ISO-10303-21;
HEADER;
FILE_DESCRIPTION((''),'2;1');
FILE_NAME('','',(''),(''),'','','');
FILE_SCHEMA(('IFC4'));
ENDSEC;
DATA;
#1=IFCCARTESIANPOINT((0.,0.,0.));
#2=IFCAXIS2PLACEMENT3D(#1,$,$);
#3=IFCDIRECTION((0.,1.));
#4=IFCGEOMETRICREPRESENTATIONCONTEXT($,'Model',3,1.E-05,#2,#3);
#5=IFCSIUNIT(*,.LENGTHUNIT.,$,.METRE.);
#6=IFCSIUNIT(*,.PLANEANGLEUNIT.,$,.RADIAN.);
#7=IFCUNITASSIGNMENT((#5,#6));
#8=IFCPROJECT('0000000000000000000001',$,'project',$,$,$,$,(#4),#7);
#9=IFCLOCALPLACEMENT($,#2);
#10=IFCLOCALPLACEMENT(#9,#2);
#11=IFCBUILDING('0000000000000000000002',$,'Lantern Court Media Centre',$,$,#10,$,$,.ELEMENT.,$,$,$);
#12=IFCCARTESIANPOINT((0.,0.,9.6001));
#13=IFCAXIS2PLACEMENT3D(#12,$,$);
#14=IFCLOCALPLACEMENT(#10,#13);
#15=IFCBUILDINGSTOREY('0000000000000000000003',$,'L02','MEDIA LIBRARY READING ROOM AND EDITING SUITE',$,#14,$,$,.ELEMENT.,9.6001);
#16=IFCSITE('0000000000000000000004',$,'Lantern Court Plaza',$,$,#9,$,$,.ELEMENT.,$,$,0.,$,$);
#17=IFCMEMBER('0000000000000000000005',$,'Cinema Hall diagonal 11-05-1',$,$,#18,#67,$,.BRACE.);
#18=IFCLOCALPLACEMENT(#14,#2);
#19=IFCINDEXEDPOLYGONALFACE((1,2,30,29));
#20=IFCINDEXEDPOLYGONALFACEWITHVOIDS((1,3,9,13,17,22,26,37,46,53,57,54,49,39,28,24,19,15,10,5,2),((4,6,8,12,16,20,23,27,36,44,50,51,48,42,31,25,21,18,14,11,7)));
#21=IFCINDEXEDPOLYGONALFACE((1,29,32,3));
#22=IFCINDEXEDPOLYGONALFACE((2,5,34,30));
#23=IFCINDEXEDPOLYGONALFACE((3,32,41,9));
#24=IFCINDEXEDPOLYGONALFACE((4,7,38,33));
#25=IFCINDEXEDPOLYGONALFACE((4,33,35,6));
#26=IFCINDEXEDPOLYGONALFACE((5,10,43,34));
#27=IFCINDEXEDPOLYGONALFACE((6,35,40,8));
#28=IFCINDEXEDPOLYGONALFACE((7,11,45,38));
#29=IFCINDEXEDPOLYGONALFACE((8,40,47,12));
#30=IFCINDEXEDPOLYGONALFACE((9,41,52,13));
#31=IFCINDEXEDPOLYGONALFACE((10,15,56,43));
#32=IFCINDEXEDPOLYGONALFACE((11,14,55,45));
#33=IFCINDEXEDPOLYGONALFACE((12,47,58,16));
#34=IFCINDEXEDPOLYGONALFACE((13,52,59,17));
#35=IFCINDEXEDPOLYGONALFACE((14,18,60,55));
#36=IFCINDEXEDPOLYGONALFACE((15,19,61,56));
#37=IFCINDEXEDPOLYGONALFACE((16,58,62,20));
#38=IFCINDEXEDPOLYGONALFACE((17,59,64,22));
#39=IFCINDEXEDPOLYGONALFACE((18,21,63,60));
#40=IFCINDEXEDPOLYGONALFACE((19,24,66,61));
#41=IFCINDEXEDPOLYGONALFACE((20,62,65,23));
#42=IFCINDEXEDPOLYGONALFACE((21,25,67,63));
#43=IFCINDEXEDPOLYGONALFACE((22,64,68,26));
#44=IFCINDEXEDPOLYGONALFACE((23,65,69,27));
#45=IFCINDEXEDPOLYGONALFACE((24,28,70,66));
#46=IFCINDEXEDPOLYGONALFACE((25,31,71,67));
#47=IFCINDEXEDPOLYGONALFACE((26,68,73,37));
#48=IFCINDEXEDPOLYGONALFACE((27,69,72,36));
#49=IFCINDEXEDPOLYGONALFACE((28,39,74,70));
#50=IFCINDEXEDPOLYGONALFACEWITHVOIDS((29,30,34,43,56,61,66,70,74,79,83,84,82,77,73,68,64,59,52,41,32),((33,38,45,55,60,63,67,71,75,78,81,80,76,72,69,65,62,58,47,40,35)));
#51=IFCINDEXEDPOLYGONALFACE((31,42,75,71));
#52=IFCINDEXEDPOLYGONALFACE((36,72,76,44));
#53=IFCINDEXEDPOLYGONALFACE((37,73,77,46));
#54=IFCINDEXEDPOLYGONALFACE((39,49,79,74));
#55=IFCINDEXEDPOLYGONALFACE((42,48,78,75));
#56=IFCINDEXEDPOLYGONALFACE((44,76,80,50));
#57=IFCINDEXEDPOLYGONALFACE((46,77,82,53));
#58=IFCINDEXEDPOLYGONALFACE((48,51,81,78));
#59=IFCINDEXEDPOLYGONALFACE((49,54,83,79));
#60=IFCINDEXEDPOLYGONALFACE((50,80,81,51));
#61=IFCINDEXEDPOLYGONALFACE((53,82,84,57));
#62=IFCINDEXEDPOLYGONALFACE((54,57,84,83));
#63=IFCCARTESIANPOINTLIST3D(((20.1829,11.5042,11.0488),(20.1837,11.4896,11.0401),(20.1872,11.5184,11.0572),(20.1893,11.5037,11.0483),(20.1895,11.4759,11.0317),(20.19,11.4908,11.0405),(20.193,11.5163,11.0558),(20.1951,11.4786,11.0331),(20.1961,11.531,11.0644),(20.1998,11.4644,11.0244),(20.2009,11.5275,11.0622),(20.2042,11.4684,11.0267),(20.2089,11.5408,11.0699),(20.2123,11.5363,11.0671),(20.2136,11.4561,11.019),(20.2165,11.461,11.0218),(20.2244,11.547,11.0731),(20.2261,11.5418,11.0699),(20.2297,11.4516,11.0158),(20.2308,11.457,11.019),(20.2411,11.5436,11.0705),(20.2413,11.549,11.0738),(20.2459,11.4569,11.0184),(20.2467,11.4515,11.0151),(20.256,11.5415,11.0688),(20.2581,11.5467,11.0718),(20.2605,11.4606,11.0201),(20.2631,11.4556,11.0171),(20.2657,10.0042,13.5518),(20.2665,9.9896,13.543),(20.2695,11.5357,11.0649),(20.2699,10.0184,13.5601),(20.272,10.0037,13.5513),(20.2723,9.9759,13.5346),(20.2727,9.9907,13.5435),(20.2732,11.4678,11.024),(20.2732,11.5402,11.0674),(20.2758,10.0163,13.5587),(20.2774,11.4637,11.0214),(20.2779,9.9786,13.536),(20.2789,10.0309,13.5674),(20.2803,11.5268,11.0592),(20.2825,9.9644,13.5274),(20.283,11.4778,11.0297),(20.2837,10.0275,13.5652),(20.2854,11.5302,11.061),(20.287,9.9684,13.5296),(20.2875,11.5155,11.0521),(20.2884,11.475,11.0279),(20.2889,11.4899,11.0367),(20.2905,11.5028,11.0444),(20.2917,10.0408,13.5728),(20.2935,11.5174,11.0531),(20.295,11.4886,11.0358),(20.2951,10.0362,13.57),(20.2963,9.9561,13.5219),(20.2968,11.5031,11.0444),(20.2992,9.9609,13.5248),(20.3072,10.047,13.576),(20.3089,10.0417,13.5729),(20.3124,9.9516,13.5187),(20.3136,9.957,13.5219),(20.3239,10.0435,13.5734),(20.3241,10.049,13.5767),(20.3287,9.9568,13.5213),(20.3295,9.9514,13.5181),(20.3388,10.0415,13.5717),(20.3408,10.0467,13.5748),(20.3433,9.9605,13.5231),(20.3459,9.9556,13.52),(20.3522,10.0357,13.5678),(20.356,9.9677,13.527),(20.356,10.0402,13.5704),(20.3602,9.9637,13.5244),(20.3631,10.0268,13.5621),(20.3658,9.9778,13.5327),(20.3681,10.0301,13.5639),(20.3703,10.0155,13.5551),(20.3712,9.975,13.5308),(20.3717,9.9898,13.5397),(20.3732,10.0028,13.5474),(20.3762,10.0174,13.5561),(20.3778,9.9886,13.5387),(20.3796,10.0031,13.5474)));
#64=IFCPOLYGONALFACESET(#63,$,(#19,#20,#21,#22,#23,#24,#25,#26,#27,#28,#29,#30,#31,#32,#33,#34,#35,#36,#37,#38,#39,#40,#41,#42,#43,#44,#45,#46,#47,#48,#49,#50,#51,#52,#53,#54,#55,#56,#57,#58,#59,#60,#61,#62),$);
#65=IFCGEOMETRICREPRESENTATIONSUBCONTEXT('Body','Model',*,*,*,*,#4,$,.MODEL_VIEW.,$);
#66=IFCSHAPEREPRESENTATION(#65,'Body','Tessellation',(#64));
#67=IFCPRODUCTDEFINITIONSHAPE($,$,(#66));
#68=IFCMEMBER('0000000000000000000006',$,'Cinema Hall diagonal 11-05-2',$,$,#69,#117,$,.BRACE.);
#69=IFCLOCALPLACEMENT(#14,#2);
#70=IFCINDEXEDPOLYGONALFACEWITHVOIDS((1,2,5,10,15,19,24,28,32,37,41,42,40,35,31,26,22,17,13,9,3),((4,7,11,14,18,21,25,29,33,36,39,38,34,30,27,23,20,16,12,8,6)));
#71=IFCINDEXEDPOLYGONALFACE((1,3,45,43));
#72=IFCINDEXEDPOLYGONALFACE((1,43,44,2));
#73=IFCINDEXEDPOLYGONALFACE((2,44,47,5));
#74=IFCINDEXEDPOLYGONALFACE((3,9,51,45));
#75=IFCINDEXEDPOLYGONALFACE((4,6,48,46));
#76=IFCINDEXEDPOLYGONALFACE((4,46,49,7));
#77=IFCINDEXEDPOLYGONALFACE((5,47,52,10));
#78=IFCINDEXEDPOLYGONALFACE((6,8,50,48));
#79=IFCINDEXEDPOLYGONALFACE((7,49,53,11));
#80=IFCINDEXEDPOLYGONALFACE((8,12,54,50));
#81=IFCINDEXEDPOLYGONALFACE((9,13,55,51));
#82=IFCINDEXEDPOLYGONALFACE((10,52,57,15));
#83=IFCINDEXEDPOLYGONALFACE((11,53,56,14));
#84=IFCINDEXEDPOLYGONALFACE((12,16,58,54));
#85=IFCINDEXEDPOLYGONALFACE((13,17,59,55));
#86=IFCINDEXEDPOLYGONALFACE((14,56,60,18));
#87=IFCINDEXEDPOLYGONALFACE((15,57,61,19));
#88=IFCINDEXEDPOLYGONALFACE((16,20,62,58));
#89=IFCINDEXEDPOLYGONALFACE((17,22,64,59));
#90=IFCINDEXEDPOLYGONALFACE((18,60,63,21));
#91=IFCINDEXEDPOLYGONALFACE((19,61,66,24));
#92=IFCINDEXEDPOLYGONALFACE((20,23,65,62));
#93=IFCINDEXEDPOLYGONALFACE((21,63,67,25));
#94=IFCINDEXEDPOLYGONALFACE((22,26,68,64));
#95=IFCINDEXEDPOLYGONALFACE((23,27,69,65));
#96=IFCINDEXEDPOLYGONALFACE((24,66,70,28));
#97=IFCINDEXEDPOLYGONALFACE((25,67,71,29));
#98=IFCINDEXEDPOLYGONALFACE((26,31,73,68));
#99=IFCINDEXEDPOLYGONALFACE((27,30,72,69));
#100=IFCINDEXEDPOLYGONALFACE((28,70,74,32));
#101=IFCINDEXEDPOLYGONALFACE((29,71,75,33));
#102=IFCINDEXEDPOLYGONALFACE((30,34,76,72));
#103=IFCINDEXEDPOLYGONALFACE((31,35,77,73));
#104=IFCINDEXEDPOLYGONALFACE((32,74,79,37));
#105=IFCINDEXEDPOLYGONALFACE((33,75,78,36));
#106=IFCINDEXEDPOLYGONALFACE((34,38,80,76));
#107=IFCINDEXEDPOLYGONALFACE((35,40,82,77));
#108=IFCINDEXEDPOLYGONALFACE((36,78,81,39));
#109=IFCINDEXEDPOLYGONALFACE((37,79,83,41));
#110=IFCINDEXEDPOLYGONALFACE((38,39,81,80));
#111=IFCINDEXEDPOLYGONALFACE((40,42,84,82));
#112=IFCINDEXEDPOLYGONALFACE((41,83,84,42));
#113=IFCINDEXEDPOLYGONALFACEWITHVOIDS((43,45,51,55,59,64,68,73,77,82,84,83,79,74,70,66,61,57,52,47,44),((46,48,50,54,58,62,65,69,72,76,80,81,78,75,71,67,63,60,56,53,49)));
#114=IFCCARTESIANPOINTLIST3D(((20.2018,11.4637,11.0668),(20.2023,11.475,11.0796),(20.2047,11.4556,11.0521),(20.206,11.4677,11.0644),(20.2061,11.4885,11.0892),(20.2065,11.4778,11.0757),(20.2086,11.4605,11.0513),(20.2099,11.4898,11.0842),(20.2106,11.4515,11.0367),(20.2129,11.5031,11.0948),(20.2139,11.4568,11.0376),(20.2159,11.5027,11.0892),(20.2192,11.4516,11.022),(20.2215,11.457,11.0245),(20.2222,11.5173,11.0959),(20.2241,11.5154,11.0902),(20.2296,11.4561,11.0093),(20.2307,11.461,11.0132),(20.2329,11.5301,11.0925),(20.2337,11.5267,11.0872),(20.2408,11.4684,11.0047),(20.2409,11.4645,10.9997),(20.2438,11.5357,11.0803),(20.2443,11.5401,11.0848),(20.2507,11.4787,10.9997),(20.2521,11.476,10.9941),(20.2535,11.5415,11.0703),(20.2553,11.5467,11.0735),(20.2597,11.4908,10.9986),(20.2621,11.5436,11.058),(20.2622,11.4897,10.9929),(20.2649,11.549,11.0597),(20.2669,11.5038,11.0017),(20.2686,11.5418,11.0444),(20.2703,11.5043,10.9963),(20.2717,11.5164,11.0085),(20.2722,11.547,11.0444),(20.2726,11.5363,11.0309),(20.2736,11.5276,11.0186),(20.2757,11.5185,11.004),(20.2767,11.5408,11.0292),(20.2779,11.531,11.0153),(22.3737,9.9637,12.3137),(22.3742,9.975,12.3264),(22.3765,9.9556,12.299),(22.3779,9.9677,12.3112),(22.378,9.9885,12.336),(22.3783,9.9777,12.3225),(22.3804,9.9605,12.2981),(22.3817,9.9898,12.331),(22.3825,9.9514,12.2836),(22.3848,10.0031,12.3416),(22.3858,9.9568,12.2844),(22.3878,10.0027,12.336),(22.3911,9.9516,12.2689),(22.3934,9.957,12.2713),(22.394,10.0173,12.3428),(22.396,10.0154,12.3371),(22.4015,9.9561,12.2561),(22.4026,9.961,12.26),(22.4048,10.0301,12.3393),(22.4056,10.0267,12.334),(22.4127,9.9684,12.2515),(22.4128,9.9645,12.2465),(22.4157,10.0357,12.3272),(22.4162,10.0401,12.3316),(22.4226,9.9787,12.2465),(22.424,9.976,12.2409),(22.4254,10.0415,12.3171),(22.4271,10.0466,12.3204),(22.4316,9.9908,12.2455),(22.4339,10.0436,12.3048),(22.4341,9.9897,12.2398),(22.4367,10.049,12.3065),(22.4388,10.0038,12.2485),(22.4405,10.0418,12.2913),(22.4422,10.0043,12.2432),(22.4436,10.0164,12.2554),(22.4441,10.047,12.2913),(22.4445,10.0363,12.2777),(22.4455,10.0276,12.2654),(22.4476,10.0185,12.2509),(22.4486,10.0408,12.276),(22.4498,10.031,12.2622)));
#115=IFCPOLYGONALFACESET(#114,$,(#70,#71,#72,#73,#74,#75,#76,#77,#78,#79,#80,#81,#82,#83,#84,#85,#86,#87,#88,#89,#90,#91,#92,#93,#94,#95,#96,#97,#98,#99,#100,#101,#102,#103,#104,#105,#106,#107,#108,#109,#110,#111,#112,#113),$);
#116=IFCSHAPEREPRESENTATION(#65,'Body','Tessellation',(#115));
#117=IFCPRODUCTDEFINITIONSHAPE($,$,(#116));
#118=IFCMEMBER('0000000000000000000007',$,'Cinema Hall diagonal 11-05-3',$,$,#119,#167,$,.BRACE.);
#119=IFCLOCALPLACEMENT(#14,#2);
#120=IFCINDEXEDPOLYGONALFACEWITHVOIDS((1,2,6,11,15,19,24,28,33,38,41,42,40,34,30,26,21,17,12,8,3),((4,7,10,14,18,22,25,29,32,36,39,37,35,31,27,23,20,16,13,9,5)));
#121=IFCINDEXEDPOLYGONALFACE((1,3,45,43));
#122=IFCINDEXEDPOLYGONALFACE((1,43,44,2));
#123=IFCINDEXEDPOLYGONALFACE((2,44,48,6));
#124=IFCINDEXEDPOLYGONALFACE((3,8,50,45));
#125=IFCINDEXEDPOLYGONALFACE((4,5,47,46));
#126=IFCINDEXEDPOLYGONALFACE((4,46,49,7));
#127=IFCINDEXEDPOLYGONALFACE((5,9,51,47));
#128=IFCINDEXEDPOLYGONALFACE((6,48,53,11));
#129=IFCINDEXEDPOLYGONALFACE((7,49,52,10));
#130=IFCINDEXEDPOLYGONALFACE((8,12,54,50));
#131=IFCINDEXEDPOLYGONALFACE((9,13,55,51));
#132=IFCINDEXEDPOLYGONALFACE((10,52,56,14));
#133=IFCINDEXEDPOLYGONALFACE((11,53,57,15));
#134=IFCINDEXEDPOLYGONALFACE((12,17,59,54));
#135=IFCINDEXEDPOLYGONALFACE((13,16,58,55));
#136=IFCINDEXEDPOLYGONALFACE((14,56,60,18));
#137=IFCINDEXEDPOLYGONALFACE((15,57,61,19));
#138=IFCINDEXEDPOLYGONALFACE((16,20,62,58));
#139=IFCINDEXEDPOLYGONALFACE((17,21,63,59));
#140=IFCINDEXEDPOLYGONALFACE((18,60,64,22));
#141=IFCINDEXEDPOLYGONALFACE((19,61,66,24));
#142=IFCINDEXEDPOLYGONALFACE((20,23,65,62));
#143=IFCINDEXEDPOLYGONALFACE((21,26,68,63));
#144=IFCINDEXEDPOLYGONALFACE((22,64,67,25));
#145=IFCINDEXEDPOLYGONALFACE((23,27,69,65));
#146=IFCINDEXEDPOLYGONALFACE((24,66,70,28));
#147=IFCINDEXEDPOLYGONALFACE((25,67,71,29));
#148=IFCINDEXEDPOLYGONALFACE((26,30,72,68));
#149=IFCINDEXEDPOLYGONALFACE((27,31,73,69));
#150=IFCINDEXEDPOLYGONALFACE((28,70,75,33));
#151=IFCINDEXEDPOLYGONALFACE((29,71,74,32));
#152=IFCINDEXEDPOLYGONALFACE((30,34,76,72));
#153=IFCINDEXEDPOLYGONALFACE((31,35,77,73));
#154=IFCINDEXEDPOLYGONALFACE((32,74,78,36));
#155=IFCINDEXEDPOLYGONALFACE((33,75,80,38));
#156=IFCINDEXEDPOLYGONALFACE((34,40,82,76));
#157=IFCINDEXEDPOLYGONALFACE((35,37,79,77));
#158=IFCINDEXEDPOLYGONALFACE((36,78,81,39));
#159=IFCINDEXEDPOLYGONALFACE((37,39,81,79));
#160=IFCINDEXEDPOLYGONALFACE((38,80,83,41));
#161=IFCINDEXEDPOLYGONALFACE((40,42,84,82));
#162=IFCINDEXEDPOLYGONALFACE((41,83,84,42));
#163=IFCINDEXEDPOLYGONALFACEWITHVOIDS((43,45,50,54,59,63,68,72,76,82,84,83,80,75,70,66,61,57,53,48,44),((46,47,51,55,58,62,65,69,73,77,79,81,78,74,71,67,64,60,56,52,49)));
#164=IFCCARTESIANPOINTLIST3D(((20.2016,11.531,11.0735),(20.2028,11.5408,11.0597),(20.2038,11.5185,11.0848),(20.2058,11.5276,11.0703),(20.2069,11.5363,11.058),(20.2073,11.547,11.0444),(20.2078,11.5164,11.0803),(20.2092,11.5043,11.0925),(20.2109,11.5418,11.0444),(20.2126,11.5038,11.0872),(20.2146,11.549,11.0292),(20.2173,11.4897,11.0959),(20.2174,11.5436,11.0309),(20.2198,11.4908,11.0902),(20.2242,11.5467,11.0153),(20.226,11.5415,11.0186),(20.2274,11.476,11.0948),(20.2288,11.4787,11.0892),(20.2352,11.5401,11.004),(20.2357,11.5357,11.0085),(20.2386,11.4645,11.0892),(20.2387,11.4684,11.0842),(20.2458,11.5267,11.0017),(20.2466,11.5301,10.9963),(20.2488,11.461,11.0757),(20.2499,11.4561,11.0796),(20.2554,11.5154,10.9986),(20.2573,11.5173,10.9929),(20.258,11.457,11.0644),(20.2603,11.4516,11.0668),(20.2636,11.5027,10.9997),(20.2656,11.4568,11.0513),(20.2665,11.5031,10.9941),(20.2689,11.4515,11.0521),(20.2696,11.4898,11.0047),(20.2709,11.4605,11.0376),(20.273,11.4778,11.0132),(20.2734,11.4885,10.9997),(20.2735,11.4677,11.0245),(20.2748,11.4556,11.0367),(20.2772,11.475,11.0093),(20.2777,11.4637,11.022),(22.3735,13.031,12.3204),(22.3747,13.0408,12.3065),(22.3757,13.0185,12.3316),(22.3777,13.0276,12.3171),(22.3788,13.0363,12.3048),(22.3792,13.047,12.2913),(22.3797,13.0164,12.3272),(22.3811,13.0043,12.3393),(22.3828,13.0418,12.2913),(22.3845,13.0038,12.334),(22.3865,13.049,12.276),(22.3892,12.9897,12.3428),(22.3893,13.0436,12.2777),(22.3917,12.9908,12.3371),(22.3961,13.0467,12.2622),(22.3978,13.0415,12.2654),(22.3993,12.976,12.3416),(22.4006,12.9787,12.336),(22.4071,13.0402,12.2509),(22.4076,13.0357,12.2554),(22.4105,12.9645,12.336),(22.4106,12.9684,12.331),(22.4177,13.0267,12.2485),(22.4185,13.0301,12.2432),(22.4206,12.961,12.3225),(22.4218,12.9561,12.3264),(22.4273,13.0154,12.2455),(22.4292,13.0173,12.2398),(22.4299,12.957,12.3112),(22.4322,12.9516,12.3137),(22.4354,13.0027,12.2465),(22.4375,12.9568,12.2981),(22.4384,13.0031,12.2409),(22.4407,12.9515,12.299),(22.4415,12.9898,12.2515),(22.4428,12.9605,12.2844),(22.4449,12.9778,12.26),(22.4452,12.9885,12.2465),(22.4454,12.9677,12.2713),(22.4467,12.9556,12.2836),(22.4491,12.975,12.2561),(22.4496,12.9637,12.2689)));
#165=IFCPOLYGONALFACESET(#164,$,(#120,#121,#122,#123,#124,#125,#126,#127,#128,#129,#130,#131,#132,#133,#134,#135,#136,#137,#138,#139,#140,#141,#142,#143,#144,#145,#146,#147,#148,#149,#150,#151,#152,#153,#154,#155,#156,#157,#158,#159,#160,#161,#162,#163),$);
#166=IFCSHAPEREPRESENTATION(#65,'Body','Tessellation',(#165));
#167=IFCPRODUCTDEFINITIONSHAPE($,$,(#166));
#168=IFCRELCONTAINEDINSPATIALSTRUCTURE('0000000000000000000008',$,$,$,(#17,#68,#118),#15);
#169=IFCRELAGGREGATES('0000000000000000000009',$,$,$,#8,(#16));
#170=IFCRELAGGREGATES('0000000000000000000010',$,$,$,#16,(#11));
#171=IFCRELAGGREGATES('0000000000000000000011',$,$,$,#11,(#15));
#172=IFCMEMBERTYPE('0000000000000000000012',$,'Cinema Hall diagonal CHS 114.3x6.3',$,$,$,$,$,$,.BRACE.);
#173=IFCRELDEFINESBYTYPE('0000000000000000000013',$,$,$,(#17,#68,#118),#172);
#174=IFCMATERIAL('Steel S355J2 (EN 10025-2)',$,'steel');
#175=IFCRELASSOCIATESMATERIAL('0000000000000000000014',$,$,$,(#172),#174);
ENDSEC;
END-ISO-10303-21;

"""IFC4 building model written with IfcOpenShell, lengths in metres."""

from ifc_helpers import new_model, si_unit, direction, frame, origin, origin_2d, place, context, subcontext, project, spatial, hollow_circle, extrude, material, material_profile, profile_set, type_object, element, save


model = new_model("IFC4")

# Units and contexts
model_context = context("Model", 3, precision=1e-05, world=origin(), true_north=direction((0.0, 1.0)))
body_context = subcontext(model_context, "Body", "Model", "MODEL_VIEW")
ifc_project = project(units=[si_unit("LENGTHUNIT", "METRE"), si_unit("PLANEANGLEUNIT", "RADIAN")], contexts=[model_context])

# Site, building, storey
site_placement = place(None, origin())
site = spatial("IfcSite", under=ifc_project, at=site_placement, Name="Lantern Court Plaza", CompositionType="ELEMENT", RefElevation=0.0)
building_placement = place(site_placement, origin())
building = spatial("IfcBuilding", under=site, at=building_placement, Name="Lantern Court Media Centre", CompositionType="ELEMENT")
storey_placement = place(building_placement, frame((0.0, 0.0, 9.6001)))
storey = spatial("IfcBuildingStorey", under=building, at=storey_placement, Name="L02", Description="MEDIA LIBRARY READING ROOM AND EDITING SUITE", CompositionType="ELEMENT", Elevation=9.6001)

# Members
ifc_material = material(Name="Steel S355J2 (EN 10025-2)", Category="steel")
ifc_material_profile_1 = material_profile(ifc_material, hollow_circle(Radius=0.0571, WallThickness=0.0063, at=origin_2d()), Name="Cinema Hall diagonal CHS 114.3x6.3")
ifc_profile_set_1 = profile_set([ifc_material_profile_1], Name="Steel S355J2 (EN 10025-2)")
member_type_1 = type_object("IfcMemberType", Name="Cinema Hall diagonal CHS 114.3x6.3", PredefinedType="BRACE", material=ifc_profile_set_1)
for number, where, z_axis, x_axis, name in (
    (1, (20.2397, 11.5, 11.0444), (0.028352, -0.513846, 0.857414), (0.998481, 0.055092, 0.0), "Cinema Hall diagonal 11-05-1"),
    (2, (20.2397, 11.5, 11.0444), (0.744002, -0.513843, 0.427115), (0.568286, 0.822831, 0.0), "Cinema Hall diagonal 11-05-2"),
    (3, (20.2397, 11.5, 11.0444), (0.744002, 0.513843, 0.427115), (-0.568286, 0.822831, 0.0), "Cinema Hall diagonal 11-05-3"),
):
    element("IfcMember", number, at=place(storey_placement, frame(where, z_axis=z_axis, x_axis=x_axis)), inside=storey, type_object=member_type_1, Name=name, PredefinedType="BRACE", context=body_context, shape_type="SweptSolid", body=[
        extrude(hollow_circle(Radius=0.0571, WallThickness=0.0063, at=origin_2d()), origin(), (0.0, 0.0, 1.0), 2.9192),
    ])

save(model, "model.ifc")
